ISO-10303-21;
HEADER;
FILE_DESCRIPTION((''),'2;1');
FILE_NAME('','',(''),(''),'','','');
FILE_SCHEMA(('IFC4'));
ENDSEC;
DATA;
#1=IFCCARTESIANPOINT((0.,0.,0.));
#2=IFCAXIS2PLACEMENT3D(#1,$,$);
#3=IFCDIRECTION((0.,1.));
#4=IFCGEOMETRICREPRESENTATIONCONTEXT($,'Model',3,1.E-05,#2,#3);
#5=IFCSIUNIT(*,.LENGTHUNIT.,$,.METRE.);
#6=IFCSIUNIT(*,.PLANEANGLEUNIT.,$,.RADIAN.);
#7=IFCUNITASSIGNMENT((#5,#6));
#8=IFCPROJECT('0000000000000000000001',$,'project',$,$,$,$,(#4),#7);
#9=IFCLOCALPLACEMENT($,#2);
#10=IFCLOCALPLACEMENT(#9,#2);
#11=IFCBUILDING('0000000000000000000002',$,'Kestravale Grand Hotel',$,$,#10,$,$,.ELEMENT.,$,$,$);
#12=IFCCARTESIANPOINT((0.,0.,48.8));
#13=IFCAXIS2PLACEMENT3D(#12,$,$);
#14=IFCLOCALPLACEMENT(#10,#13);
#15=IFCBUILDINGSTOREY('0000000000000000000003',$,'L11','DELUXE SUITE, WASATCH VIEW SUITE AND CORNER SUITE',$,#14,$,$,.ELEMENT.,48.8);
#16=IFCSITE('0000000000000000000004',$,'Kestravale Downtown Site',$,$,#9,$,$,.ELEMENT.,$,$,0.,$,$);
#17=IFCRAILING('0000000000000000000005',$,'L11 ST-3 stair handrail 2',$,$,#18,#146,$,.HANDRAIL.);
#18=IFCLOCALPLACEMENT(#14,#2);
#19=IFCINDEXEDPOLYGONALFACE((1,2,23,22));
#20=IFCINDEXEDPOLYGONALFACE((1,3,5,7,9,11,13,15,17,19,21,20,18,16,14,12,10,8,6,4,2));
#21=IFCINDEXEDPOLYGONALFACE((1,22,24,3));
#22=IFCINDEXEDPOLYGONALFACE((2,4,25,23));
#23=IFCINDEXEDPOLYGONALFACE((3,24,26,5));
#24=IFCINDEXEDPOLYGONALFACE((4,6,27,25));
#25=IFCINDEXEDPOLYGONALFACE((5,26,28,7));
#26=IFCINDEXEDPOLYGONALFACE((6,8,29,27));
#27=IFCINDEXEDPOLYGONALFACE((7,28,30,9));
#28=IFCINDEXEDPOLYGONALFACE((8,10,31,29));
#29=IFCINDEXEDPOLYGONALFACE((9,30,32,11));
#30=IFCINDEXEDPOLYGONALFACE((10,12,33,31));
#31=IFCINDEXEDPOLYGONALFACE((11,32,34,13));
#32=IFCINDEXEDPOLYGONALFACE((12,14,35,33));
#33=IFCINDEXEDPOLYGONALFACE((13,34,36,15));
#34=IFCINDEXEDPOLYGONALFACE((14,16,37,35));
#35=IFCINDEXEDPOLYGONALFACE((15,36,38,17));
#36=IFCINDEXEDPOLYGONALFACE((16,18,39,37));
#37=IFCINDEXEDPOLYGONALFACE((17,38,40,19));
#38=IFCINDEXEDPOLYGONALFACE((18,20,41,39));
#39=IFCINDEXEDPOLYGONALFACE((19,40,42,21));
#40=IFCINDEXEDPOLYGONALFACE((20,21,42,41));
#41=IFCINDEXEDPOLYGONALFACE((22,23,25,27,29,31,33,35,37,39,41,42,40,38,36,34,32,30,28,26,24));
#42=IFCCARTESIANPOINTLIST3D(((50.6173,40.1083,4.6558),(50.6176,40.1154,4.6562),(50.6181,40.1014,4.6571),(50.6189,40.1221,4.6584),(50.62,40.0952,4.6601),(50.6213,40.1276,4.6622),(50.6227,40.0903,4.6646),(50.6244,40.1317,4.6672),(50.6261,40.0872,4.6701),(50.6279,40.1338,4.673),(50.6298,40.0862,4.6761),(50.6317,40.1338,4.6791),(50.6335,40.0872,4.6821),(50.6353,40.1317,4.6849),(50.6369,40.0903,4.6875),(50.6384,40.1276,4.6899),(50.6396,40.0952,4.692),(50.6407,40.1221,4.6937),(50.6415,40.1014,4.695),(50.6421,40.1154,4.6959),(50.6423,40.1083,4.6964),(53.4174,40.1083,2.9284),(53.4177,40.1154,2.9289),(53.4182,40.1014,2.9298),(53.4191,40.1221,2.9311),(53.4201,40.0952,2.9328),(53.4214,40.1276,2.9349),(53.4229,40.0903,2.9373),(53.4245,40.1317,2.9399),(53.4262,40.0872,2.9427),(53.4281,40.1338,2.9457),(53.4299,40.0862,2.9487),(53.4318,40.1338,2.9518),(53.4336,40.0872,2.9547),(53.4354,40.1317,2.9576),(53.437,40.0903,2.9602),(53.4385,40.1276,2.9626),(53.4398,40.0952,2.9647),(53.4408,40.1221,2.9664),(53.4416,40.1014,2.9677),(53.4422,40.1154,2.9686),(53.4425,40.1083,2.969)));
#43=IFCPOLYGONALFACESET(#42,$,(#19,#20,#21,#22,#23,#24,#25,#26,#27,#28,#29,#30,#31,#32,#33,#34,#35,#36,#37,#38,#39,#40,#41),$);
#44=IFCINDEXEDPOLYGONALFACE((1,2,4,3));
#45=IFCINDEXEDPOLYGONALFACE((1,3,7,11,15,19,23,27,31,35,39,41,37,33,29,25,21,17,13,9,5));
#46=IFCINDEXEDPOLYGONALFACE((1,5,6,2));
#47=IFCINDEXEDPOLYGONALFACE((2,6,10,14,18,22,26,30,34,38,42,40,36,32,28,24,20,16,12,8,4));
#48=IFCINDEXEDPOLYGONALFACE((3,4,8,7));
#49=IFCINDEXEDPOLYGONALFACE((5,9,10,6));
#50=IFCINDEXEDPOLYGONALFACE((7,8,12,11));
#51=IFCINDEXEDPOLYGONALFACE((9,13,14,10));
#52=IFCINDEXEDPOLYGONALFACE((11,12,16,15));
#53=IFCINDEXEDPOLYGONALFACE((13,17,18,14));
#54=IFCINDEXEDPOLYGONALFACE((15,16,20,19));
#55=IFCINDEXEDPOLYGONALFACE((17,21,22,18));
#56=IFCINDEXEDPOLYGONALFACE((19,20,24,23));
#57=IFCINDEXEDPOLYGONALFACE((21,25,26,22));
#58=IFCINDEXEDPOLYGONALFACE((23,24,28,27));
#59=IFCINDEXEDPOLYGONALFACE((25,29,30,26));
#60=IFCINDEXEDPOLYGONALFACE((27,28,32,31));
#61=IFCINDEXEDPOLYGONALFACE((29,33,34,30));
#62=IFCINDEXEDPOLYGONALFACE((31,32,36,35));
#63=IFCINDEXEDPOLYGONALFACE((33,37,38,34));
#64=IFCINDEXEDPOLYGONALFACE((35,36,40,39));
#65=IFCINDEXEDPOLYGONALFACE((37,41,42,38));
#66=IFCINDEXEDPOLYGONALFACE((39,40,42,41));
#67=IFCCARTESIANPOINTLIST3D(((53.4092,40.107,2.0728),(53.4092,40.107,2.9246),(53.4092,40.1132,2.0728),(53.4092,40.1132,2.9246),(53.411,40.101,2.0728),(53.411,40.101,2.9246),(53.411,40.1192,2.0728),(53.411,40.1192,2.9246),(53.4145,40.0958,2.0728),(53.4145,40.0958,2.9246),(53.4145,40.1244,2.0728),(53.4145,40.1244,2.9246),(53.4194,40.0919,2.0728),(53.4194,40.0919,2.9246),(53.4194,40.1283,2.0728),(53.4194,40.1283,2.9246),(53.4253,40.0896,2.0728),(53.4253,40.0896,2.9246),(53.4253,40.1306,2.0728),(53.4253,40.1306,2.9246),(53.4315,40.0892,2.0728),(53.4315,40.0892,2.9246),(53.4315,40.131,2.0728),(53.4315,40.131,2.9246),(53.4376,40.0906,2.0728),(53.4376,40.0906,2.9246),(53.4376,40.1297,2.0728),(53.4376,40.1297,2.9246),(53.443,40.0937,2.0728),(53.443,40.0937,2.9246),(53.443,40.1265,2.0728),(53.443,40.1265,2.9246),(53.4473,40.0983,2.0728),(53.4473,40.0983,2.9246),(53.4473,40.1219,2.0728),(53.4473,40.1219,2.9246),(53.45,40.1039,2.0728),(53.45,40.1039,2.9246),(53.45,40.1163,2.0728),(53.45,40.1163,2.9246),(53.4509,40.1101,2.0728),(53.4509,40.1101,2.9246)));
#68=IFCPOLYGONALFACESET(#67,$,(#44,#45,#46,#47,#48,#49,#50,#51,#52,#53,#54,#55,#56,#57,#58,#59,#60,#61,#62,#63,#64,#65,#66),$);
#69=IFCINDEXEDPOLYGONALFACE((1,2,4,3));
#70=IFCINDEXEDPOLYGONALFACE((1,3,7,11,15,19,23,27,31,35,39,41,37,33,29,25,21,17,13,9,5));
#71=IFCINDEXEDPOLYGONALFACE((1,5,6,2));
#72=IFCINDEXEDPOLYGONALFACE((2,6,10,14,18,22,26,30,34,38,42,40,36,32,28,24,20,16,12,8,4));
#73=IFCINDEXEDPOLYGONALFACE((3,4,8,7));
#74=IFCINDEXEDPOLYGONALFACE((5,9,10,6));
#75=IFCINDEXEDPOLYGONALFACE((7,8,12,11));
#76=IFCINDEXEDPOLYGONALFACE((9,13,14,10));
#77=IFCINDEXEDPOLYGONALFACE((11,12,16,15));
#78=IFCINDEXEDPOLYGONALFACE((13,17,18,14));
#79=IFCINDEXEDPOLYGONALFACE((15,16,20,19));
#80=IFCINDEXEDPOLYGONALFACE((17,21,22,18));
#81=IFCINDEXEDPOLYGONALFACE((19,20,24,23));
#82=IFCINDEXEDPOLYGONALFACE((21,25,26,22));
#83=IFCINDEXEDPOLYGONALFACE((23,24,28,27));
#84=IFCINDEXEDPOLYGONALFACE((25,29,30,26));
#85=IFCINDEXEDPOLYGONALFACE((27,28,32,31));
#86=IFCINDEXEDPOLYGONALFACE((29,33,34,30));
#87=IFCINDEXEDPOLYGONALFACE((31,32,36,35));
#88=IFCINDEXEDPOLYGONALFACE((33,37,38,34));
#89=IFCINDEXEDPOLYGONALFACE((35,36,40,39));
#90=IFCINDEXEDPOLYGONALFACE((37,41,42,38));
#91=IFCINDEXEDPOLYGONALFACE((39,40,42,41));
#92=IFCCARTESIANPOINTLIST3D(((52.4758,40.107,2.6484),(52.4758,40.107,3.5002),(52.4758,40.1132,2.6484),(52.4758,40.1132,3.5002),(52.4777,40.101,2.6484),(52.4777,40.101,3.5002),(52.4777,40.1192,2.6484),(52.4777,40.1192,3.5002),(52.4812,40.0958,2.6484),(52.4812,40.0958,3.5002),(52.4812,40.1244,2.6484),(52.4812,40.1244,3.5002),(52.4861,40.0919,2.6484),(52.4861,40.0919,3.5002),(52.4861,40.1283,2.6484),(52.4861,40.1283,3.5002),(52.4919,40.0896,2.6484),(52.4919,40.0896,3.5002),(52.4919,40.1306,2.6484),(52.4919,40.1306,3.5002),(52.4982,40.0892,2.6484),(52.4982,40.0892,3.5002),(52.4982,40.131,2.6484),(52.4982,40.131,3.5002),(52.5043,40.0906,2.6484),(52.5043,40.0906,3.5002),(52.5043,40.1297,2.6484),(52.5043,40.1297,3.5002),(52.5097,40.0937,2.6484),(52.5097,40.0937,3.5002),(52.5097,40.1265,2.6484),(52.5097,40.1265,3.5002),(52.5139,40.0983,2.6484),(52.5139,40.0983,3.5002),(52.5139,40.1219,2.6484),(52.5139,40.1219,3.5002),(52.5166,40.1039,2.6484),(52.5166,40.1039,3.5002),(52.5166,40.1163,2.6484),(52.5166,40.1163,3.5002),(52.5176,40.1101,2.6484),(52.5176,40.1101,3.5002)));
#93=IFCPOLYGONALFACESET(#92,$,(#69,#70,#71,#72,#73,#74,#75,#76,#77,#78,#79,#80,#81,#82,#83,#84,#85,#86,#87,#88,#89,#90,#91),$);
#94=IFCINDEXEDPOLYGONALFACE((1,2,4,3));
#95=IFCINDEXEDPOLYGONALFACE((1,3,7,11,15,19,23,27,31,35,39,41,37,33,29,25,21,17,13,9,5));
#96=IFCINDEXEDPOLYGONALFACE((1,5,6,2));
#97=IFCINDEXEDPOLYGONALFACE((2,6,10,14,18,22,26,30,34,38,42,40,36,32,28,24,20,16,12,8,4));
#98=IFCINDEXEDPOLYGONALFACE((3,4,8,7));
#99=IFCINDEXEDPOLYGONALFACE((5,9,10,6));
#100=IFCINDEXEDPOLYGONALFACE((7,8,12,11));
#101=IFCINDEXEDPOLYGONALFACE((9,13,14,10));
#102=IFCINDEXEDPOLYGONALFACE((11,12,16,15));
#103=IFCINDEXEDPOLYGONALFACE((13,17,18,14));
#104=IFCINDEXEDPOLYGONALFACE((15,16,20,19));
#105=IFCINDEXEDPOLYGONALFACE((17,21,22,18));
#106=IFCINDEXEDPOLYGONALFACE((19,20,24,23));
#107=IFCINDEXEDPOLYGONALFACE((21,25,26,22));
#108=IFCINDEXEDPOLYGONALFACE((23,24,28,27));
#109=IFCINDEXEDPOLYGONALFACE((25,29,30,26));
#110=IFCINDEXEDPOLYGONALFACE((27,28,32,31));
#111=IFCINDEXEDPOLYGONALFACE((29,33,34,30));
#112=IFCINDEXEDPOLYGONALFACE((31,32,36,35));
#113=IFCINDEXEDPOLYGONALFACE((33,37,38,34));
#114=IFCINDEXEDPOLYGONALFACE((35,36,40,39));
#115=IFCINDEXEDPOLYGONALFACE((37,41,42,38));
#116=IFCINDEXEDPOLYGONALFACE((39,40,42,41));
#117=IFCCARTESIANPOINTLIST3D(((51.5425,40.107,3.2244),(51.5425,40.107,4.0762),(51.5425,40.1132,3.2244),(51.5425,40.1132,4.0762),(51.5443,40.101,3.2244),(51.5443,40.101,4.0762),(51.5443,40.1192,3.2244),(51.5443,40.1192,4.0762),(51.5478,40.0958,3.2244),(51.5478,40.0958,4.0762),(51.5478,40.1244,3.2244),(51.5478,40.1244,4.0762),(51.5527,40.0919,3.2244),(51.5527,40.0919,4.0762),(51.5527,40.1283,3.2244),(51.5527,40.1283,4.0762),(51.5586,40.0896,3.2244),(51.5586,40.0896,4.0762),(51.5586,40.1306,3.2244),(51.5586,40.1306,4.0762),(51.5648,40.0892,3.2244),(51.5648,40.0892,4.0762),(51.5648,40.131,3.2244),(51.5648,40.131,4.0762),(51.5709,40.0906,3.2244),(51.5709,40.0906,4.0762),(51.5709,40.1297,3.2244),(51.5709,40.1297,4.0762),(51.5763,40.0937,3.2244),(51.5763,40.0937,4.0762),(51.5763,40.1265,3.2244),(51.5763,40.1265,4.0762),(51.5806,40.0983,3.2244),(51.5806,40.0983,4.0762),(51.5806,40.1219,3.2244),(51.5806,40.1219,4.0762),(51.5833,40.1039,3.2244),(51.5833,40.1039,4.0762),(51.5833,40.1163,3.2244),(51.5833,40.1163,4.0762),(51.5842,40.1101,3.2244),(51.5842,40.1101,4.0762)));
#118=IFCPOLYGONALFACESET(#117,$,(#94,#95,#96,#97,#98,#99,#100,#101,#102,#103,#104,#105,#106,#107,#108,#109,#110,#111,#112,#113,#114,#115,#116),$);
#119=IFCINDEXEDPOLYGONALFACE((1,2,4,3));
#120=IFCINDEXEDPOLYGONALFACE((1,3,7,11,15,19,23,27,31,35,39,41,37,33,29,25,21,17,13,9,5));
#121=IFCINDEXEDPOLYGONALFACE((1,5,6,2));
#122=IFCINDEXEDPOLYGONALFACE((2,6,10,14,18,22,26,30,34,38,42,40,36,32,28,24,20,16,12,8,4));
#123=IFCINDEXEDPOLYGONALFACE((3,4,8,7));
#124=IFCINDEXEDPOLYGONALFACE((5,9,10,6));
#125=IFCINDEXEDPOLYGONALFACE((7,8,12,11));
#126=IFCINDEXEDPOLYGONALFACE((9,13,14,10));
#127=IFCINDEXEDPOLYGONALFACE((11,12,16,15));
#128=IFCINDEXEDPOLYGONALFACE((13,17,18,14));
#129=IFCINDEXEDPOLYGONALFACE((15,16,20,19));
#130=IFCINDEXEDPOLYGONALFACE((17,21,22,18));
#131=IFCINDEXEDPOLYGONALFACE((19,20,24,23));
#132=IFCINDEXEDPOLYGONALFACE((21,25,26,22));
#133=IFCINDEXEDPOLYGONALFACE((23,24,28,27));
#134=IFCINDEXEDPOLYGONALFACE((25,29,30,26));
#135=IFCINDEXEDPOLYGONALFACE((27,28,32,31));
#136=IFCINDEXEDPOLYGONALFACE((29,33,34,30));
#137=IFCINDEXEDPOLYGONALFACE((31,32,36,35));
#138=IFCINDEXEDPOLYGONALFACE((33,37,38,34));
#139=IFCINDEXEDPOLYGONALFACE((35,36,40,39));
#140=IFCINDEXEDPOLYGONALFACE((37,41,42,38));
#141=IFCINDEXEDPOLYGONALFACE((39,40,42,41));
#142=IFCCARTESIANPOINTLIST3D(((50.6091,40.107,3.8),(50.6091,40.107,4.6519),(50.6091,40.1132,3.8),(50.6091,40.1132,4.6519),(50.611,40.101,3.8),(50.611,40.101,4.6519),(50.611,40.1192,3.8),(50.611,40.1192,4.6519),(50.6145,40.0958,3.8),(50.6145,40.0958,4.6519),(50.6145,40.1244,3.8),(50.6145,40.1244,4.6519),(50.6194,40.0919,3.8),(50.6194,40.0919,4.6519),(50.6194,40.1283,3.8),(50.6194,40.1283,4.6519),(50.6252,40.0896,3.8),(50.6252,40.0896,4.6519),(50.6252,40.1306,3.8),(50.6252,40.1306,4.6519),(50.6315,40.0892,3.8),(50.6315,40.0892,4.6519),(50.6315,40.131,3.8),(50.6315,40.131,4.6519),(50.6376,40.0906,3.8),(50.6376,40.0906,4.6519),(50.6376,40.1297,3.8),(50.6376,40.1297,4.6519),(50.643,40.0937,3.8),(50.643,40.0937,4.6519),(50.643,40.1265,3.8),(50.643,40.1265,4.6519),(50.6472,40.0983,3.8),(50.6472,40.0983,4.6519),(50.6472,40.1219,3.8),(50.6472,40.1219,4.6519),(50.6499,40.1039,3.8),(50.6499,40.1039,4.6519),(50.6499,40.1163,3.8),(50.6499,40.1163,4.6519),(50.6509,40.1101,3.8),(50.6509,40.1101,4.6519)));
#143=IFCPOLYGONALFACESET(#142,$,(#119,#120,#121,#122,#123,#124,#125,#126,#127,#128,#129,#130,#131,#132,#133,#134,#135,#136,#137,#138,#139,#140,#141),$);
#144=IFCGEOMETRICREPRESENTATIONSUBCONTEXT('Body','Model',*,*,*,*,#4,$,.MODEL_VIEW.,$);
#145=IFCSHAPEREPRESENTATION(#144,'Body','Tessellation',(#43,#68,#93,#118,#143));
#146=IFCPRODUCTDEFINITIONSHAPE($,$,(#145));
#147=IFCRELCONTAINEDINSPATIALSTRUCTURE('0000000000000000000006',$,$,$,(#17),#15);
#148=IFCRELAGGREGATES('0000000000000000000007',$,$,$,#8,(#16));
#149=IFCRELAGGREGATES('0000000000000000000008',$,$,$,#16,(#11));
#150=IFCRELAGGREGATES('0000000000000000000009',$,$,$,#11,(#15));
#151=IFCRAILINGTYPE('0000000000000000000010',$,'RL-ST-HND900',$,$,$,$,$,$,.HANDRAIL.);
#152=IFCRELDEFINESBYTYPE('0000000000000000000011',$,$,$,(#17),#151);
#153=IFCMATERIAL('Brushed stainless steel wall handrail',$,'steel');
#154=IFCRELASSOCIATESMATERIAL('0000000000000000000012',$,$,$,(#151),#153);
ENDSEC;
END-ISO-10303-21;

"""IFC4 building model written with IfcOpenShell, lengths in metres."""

from ifc_helpers import new_model, si_unit, direction, frame, origin, origin_2d, place, context, subcontext, project, spatial, circle, extrude, material, type_object, element, save


model = new_model("IFC4")

# Units and contexts
model_context = context("Model", 3, precision=1e-05, world=origin(), true_north=direction((0.0, 1.0)))
body_context = subcontext(model_context, "Body", "Model", "MODEL_VIEW")
ifc_project = project(units=[si_unit("LENGTHUNIT", "METRE"), si_unit("PLANEANGLEUNIT", "RADIAN")], contexts=[model_context])

# Site, building, storey
site_placement = place(None, origin())
site = spatial("IfcSite", under=ifc_project, at=site_placement, Name="Kestravale Downtown Site", CompositionType="ELEMENT", RefElevation=0.0)
building_placement = place(site_placement, origin())
building = spatial("IfcBuilding", under=site, at=building_placement, Name="Kestravale Grand Hotel", CompositionType="ELEMENT")
storey_placement = place(building_placement, frame((0.0, 0.0, 48.8)))
storey = spatial("IfcBuildingStorey", under=building, at=storey_placement, Name="L11", Description="DELUXE SUITE, WASATCH VIEW SUITE AND CORNER SUITE", CompositionType="ELEMENT", Elevation=48.8)

# Railing
ifc_material_1 = material(Name="Brushed stainless steel wall handrail", Category="steel")
railing_type_1 = type_object("IfcRailingType", Name="RL-ST-HND900", PredefinedType="HANDRAIL", material=ifc_material_1)
railing_1_placement = place(storey_placement, frame((53.4299, 40.1101, 2.0728)))
element("IfcRailing", 1, at=railing_1_placement, inside=storey, type_object=railing_type_1, Name="L11 ST-3 stair handrail 2", PredefinedType="HANDRAIL", context=body_context, shape_type="SweptSolid", body=[
    extrude(circle(Radius=0.0239, at=origin_2d()), frame((0.0, 0.0, 0.876), z_axis=(-0.85109, 0.0, 0.52502), x_axis=(0.0, -1.0, 0.0)), (0.0, 0.0, 1.0), 3.29),
    extrude(circle(Radius=0.021, at=origin_2d()), origin(), (0.0, 0.0, 1.0), 0.8518),
    extrude(circle(Radius=0.021, at=origin_2d()), frame((-0.9333, 0.0, 0.5757)), (0.0, 0.0, 1.0), 0.8518),
    extrude(circle(Radius=0.021, at=origin_2d()), frame((-1.8667, 0.0, 1.1516)), (0.0, 0.0, 1.0), 0.8518),
    extrude(circle(Radius=0.021, at=origin_2d()), frame((-2.8, 0.0, 1.7273)), (0.0, 0.0, 1.0), 0.8518),
])

save(model, "model.ifc")
